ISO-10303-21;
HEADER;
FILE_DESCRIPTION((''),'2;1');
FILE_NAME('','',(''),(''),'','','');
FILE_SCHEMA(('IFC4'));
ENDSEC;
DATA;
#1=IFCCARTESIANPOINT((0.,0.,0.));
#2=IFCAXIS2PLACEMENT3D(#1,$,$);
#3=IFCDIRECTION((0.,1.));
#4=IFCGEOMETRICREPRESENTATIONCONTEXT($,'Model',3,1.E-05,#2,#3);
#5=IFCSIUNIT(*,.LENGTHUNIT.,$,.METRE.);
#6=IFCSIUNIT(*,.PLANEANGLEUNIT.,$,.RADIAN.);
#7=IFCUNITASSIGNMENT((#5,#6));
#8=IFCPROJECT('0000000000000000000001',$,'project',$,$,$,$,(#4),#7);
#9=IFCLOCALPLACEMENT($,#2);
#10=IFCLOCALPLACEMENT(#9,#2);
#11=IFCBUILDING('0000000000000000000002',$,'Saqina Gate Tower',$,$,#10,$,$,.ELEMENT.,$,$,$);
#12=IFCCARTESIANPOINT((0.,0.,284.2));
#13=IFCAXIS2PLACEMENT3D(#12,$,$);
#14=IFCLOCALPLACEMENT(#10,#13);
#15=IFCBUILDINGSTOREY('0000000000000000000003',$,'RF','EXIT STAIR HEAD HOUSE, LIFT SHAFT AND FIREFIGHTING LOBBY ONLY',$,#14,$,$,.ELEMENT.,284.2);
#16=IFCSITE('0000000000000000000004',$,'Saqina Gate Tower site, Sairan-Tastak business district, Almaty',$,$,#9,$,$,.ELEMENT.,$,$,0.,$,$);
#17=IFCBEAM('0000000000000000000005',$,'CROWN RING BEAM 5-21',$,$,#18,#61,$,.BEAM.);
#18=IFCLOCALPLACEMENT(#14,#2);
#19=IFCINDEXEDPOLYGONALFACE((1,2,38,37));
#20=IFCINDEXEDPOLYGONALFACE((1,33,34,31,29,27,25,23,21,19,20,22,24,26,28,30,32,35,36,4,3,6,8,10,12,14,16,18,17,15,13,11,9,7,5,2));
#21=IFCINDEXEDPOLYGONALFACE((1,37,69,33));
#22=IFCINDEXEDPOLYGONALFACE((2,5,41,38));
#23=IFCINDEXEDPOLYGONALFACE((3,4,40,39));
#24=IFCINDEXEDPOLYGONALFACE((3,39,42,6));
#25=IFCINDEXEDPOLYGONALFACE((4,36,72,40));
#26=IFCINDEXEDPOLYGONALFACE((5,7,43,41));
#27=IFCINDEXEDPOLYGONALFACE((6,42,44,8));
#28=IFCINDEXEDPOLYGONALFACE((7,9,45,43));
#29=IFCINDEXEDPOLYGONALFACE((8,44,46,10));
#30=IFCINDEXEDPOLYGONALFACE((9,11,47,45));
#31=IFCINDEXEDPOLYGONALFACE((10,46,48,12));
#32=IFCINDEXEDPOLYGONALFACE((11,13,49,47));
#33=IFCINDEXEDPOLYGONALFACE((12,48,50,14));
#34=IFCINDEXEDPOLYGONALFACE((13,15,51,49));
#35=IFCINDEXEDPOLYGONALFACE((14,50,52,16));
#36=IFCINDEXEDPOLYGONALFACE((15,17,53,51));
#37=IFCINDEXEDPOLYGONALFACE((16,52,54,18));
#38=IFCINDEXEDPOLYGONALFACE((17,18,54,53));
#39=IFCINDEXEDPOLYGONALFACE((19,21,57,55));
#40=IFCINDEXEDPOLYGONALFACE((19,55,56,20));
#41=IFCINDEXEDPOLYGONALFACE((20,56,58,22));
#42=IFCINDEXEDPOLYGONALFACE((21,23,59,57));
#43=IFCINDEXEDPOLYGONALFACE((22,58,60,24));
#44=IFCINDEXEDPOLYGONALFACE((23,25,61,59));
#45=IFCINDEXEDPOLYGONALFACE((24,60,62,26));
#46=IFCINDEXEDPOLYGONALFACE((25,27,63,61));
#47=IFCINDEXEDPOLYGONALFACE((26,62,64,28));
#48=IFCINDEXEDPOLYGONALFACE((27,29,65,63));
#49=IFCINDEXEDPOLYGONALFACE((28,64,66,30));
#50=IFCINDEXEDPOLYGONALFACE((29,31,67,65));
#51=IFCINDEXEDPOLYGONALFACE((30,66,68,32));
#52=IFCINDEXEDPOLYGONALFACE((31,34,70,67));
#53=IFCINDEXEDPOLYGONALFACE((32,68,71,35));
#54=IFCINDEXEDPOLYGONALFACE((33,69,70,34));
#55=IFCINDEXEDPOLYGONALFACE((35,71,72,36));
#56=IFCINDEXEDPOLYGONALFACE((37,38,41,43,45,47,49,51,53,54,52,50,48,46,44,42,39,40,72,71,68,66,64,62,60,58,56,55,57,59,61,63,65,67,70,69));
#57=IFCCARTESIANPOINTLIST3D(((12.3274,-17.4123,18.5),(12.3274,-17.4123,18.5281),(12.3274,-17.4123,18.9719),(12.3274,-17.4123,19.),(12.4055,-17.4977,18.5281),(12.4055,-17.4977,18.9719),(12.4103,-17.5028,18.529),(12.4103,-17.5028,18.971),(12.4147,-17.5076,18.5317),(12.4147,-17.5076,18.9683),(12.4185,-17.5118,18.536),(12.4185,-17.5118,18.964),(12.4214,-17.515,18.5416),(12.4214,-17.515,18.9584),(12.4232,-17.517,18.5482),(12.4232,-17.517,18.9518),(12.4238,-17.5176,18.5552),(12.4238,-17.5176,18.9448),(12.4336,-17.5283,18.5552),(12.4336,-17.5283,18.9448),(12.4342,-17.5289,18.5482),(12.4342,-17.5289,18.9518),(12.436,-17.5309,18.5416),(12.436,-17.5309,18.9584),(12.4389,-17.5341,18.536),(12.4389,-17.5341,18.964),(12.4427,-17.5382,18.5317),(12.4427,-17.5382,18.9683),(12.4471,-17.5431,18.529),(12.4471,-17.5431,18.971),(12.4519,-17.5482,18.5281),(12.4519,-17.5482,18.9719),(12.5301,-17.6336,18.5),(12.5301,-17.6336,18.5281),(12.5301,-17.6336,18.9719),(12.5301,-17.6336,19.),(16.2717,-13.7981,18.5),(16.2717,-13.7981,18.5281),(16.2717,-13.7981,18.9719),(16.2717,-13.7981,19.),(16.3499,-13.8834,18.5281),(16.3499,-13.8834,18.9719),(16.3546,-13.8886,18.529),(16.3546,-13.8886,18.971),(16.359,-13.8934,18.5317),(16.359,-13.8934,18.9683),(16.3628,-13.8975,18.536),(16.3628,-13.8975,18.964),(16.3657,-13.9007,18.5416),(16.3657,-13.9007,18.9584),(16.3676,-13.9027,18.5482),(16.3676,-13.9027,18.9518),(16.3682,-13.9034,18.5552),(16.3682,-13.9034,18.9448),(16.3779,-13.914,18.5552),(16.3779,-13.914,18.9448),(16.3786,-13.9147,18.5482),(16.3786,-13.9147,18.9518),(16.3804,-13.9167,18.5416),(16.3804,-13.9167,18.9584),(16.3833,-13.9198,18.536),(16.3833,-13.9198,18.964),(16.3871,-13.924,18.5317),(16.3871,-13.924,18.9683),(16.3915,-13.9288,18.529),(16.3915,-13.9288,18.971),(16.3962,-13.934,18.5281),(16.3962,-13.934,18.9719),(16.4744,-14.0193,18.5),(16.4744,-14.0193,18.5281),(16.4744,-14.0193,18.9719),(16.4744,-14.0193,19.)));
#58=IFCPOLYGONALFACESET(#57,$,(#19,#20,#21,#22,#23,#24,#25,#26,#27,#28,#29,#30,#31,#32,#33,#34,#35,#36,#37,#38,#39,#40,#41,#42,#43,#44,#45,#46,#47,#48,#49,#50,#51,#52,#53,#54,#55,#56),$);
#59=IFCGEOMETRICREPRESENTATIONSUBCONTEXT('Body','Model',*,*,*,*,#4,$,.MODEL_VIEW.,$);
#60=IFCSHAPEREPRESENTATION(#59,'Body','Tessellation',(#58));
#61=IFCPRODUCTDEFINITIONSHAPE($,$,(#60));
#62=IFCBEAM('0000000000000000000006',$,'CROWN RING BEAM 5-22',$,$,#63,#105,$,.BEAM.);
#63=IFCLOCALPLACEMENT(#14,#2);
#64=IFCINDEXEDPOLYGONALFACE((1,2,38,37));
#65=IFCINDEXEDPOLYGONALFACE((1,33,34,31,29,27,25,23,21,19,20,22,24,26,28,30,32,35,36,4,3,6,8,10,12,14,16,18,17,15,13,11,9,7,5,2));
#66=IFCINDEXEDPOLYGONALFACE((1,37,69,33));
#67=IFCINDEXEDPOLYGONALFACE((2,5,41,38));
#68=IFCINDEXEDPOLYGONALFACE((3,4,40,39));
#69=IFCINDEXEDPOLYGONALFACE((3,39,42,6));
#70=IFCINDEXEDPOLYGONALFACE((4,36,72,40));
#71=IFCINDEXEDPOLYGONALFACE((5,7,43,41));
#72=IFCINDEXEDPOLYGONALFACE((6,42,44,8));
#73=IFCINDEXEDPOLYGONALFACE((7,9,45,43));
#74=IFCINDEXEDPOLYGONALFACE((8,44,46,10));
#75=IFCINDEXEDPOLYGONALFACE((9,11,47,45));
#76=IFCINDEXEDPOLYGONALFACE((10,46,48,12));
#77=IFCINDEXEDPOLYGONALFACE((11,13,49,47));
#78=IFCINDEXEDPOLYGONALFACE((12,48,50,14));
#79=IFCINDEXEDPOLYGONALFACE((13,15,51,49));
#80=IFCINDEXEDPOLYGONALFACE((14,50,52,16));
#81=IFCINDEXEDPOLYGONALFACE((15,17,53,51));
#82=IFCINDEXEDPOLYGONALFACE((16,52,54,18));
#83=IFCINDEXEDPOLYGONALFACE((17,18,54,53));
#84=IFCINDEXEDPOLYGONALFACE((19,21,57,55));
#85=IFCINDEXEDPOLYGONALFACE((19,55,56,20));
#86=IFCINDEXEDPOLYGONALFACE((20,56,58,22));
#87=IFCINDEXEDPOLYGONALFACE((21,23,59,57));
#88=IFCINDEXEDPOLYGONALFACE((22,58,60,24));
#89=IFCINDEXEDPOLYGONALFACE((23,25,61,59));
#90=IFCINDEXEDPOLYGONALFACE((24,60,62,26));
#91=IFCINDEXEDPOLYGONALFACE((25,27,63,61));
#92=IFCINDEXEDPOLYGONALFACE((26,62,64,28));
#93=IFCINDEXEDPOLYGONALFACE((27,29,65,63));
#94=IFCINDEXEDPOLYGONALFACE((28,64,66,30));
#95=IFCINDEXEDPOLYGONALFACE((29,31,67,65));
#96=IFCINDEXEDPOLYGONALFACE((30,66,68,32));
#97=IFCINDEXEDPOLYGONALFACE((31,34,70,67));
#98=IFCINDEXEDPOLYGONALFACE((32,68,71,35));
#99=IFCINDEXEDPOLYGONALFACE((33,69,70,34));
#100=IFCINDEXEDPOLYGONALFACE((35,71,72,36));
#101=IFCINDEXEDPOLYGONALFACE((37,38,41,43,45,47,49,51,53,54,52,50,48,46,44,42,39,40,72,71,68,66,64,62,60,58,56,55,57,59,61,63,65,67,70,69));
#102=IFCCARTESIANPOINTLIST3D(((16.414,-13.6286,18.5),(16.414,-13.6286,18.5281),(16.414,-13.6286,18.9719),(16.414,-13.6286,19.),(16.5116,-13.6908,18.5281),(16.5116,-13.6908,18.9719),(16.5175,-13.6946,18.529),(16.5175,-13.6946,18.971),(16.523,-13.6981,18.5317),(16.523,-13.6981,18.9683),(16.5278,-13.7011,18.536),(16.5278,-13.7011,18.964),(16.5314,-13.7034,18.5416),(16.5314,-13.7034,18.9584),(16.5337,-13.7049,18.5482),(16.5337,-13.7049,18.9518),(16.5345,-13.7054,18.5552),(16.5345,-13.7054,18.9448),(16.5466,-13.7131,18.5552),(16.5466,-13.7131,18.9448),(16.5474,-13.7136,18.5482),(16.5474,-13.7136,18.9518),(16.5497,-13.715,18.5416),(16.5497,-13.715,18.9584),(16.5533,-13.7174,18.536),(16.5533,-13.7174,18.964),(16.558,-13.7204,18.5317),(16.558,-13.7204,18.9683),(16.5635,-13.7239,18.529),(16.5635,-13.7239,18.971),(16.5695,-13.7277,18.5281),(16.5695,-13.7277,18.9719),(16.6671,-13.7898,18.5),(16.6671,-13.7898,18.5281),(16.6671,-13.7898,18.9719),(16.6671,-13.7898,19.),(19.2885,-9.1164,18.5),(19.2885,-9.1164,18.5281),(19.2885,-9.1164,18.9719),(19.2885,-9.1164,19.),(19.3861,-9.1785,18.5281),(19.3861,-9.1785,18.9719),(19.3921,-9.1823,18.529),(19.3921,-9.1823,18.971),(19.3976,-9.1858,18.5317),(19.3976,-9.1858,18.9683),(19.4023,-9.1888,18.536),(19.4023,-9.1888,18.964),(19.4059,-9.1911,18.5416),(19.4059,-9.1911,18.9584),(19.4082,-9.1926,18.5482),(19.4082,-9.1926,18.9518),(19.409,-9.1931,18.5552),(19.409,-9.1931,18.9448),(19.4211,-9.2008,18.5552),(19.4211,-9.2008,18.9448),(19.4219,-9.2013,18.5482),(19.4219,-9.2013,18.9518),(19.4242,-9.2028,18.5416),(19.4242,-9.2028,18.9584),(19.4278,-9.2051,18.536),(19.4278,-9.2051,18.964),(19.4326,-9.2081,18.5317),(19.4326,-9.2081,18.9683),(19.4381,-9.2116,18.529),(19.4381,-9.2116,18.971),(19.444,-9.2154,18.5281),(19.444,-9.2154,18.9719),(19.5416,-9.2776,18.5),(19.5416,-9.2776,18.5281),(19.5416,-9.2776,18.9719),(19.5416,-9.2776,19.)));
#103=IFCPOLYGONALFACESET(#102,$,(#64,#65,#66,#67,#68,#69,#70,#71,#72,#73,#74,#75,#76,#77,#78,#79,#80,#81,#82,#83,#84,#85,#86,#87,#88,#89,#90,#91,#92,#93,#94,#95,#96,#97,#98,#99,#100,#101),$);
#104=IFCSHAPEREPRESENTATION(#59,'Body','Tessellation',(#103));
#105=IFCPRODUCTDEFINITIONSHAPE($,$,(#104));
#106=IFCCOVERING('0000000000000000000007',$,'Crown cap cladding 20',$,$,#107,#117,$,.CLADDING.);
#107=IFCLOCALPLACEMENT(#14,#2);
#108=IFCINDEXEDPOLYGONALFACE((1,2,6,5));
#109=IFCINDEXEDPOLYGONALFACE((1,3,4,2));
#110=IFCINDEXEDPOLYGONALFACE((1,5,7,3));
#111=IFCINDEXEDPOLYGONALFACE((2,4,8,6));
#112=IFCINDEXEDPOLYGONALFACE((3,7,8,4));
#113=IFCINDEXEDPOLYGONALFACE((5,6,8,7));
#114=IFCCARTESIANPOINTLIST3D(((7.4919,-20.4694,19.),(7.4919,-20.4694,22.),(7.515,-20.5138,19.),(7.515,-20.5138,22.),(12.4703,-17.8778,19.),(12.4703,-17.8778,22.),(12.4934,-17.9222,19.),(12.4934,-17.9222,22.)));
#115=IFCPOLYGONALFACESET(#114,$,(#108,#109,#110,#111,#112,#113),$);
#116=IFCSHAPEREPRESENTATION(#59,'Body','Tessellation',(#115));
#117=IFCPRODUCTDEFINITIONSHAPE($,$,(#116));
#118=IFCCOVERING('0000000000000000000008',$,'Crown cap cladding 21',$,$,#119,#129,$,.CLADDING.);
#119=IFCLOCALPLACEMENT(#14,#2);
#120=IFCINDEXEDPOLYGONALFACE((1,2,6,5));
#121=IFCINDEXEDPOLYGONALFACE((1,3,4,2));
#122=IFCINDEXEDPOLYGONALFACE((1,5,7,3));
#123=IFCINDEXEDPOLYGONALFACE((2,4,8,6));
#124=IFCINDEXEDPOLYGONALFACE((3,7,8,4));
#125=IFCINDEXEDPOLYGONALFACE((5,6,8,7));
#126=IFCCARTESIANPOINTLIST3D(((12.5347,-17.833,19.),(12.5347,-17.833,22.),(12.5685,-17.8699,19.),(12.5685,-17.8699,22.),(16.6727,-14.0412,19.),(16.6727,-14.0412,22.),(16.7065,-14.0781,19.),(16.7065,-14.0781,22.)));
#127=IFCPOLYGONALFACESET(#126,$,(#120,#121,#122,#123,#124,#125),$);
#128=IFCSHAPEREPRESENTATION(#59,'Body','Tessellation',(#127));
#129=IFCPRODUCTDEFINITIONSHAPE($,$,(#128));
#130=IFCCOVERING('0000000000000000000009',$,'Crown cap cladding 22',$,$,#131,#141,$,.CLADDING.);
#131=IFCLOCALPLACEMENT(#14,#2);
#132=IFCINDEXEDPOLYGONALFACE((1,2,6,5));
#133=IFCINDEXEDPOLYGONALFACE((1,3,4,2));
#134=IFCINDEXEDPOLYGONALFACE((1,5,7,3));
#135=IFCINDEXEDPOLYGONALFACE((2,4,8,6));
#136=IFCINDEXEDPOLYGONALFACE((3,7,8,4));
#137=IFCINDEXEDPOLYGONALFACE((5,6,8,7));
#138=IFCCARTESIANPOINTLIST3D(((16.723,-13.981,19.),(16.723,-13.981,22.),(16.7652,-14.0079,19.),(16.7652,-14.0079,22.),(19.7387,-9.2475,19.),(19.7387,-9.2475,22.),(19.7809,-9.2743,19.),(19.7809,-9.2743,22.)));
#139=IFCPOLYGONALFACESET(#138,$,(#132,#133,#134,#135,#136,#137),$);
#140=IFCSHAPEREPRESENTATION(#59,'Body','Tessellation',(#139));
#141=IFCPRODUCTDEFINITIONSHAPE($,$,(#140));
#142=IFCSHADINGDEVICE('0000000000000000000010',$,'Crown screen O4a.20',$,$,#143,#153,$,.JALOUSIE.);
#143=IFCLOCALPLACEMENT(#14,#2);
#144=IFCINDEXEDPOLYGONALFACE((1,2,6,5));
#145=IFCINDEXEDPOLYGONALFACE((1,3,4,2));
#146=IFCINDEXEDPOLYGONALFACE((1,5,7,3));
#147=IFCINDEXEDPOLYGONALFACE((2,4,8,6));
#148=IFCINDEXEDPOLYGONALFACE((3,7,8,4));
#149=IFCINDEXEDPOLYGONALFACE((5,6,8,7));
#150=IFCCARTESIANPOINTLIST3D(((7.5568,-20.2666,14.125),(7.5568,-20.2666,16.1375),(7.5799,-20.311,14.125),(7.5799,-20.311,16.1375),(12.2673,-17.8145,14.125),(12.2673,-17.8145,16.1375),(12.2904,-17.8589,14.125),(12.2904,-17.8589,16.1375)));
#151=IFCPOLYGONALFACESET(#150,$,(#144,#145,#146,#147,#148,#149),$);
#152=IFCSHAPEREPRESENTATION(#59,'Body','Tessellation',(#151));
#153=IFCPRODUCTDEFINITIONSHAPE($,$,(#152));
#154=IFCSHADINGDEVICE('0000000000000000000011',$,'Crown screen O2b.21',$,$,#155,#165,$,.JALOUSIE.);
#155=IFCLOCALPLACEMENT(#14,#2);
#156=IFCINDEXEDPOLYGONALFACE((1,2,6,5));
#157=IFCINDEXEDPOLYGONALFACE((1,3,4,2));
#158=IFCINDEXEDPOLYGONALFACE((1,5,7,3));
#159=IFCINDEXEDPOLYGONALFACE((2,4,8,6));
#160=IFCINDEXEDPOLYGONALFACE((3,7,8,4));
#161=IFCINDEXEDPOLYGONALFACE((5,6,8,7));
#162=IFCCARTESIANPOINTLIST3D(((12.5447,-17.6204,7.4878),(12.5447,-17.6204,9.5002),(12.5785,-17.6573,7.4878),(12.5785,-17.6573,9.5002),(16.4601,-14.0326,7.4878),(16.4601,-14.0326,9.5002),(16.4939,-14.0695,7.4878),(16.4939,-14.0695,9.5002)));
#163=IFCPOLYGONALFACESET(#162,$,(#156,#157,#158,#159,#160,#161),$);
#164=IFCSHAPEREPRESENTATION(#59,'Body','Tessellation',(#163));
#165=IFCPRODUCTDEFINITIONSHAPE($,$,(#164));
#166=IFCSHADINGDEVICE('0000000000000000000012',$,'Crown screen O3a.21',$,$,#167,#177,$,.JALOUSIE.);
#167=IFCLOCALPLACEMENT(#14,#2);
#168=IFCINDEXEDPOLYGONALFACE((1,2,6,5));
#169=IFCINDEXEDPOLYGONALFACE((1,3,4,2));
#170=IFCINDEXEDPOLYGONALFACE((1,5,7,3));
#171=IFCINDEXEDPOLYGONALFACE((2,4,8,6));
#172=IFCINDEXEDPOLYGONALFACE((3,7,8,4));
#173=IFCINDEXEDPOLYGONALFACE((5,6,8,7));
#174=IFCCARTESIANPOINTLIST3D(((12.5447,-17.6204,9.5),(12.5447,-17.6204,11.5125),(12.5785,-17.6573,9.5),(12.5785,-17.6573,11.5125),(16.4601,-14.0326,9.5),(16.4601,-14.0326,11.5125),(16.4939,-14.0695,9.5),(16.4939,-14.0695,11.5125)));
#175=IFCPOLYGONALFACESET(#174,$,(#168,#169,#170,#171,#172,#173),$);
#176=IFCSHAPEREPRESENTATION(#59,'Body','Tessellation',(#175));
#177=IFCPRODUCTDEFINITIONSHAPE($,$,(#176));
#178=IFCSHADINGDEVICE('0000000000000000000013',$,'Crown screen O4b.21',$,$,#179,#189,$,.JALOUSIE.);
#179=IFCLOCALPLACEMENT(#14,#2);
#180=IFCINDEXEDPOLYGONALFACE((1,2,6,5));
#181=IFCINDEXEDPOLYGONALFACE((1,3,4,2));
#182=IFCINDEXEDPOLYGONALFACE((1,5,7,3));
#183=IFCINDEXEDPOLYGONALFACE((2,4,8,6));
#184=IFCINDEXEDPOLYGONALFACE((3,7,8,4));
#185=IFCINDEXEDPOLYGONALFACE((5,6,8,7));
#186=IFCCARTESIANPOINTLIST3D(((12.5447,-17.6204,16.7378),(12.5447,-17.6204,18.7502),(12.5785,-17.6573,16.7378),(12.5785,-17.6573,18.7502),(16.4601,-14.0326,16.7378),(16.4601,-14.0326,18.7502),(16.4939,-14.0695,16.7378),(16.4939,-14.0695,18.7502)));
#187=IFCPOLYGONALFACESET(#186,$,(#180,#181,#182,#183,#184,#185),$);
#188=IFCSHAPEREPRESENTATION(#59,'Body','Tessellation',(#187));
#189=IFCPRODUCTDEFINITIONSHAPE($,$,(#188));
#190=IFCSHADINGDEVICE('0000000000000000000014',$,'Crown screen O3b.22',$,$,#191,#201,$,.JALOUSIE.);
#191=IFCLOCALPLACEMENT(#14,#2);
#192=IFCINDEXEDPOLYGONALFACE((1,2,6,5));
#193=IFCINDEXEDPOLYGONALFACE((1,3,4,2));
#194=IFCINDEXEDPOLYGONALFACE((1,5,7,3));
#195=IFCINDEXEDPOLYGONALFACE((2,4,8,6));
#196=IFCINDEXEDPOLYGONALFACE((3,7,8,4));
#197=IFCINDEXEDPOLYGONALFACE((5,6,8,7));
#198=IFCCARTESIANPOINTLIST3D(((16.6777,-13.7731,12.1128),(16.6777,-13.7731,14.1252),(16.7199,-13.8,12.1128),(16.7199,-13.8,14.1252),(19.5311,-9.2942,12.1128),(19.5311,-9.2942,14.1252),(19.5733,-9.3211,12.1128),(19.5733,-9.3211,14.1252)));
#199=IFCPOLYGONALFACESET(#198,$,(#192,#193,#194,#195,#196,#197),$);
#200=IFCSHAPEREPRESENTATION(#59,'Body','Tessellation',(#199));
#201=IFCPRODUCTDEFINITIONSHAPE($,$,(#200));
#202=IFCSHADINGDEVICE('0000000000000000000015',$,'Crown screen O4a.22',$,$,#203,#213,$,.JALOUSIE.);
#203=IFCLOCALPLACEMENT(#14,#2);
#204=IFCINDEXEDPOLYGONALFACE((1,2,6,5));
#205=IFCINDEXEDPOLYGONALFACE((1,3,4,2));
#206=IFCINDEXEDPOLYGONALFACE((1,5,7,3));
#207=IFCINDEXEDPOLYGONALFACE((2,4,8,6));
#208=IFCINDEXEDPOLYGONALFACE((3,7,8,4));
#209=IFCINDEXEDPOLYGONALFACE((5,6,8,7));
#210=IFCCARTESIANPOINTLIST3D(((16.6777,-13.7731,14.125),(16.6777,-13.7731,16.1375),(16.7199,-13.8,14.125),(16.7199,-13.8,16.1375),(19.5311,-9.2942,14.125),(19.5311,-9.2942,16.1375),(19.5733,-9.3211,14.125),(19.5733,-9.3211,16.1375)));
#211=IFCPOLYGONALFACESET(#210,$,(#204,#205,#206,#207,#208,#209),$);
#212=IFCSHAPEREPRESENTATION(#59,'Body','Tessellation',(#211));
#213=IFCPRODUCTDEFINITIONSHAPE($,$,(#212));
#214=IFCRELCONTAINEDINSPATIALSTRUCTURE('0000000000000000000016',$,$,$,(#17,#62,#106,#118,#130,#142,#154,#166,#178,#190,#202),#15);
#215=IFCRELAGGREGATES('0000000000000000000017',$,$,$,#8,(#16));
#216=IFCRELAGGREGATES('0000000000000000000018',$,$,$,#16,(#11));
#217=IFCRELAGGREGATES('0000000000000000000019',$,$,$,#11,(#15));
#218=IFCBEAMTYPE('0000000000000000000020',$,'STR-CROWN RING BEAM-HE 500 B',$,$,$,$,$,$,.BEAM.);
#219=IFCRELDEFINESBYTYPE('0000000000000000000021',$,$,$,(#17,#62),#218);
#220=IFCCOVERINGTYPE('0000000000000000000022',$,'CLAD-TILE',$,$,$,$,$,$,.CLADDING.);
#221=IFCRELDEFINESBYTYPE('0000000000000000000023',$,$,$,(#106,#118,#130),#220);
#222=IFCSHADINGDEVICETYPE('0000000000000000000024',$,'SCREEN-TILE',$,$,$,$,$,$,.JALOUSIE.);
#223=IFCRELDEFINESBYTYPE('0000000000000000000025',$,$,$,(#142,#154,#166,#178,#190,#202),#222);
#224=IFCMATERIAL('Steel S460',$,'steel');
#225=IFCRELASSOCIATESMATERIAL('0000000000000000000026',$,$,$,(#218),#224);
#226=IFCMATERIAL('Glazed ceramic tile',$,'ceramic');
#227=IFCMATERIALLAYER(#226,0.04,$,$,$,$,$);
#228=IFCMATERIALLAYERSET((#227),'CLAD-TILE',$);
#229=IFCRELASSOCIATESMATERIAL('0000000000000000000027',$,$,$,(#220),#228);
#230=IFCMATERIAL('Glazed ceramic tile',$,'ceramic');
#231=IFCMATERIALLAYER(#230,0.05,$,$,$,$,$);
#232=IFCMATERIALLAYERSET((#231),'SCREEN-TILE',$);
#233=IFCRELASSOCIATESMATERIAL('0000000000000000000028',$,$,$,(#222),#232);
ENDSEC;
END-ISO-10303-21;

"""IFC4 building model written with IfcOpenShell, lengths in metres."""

from ifc_helpers import new_model, si_unit, direction, frame, origin, origin_2d, place, context, subcontext, project, spatial, rectangle, i_section, extrude, material, layer, layer_set, material_profile, profile_set, type_object, element, save


model = new_model("IFC4")

# Units and contexts
model_context = context("Model", 3, precision=1e-05, world=origin(), true_north=direction((0.0, 1.0)))
body_context = subcontext(model_context, "Body", "Model", "MODEL_VIEW")
ifc_project = project(units=[si_unit("LENGTHUNIT", "METRE"), si_unit("PLANEANGLEUNIT", "RADIAN")], contexts=[model_context])

# Site, building, storey
site_placement = place(None, origin())
site = spatial("IfcSite", under=ifc_project, at=site_placement, Name="Saqina Gate Tower site, Sairan-Tastak business district, Almaty", CompositionType="ELEMENT", RefElevation=0.0)
building_placement = place(site_placement, origin())
building = spatial("IfcBuilding", under=site, at=building_placement, Name="Saqina Gate Tower", CompositionType="ELEMENT")
storey_placement = place(building_placement, frame((0.0, 0.0, 284.2)))
storey = spatial("IfcBuildingStorey", under=building, at=storey_placement, Name="RF", Description="EXIT STAIR HEAD HOUSE, LIFT SHAFT AND FIREFIGHTING LOBBY ONLY", CompositionType="ELEMENT", Elevation=284.2)

# Beams
ifc_material_1 = material(Name="Steel S460", Category="steel")
ifc_material_profile_1 = material_profile(ifc_material_1, i_section(OverallWidth=0.3, OverallDepth=0.5, WebThickness=0.0144, FlangeThickness=0.0281, FilletRadius=0.0271, at=origin_2d()), Name="HE 500 B")
ifc_profile_set_1 = profile_set([ifc_material_profile_1], Name="Steel S460")
beam_type_1 = type_object("IfcBeamType", Name="STR-CROWN RING BEAM-HE 500 B", PredefinedType="BEAM", material=ifc_profile_set_1)
beam_1_placement = place(storey_placement, frame((12.4287, -17.5229, 18.75), z_axis=(0.737283, 0.675584, 0.0), x_axis=(-0.675584, 0.737283, 0.0)))
element("IfcBeam", 1, at=beam_1_placement, inside=storey, type_object=beam_type_1, Name="CROWN RING BEAM 5-21", PredefinedType="BEAM", context=body_context, shape_type="SweptSolid", body=[
    extrude(i_section(OverallWidth=0.3, OverallDepth=0.5, WebThickness=0.0144, FlangeThickness=0.0281, FilletRadius=0.0271, at=origin_2d()), origin(), (0.0, 0.0, 1.0), 5.3499),
])
beam_2_placement = place(storey_placement, frame((16.5405, -13.7092, 18.75), z_axis=(0.537289, 0.843398, 0.0), x_axis=(-0.843398, 0.537289, 0.0)))
element("IfcBeam", 2, at=beam_2_placement, inside=storey, type_object=beam_type_1, Name="CROWN RING BEAM 5-22", PredefinedType="BEAM", context=body_context, shape_type="SweptSolid", body=[
    extrude(i_section(OverallWidth=0.3, OverallDepth=0.5, WebThickness=0.0144, FlangeThickness=0.0281, FilletRadius=0.0271, at=origin_2d()), origin(), (0.0, 0.0, 1.0), 5.3501),
])

# Coverings
ifc_material_2 = material(Name="Glazed ceramic tile", Category="ceramic")
ifc_layer_1 = layer(ifc_material_2, 0.04)
ifc_layer_set_1 = layer_set([ifc_layer_1], Name="CLAD-TILE")
covering_type = type_object("IfcCoveringType", Name="CLAD-TILE", PredefinedType="CLADDING", material=ifc_layer_set_1)
for number, where, z_axis, x_axis, name in (
    (3, (9.9927, -19.1958, 19.0), (0.0, 0.0, 1.0), (0.887011, 0.461749, 0.0), "Crown cap cladding 20"),
    (4, (14.6206, -15.9556, 19.0), (0.0, 0.0, 1.0), (0.737277, 0.67559, 0.0), "Crown cap cladding 21"),
    (5, (18.252, -11.6277, 19.0), (0.0, 0.0, 1.0), (0.5373, 0.843391, 0.0), "Crown cap cladding 22"),
):
    element("IfcCovering", number, at=place(storey_placement, frame(where, z_axis=z_axis, x_axis=x_axis)), inside=storey, type_object=covering_type, Name=name, PredefinedType="CLADDING", context=body_context, shape_type="SweptSolid", body=[
        extrude(rectangle(XDim=5.6125, YDim=0.05, at=origin_2d()), origin(), (0.0, 0.0, 1.0), 3.0),
    ])

# Shading devices
ifc_material_3 = material(Name="Glazed ceramic tile", Category="ceramic")
ifc_layer_2 = layer(ifc_material_3, 0.05)
ifc_layer_set_2 = layer_set([ifc_layer_2], Name="SCREEN-TILE")
shading_device_type_1 = type_object("IfcShadingDeviceType", Name="SCREEN-TILE", PredefinedType="JALOUSIE", material=ifc_layer_set_2)
for number, where, z_axis, x_axis, name in (
    (6, (9.9236, -19.0627, 14.125), (0.0, 0.0, 1.0), (0.887011, 0.461749, 0.0), "Crown screen O4a.20"),
    (7, (14.5193, -15.845, 7.4878), (0.0, 0.0, 1.0), (0.737277, 0.67559, 0.0), "Crown screen O2b.21"),
    (8, (14.5193, -15.845, 9.5), (0.0, 0.0, 1.0), (0.737277, 0.67559, 0.0), "Crown screen O3a.21"),
    (9, (14.5193, -15.845, 16.7378), (0.0, 0.0, 1.0), (0.737277, 0.67559, 0.0), "Crown screen O4b.21"),
    (10, (18.1255, -11.5471, 12.1128), (0.0, 0.0, 1.0), (0.5373, 0.843391, 0.0), "Crown screen O3b.22"),
    (11, (18.1255, -11.5471, 14.125), (0.0, 0.0, 1.0), (0.5373, 0.843391, 0.0), "Crown screen O4a.22"),
):
    element("IfcShadingDevice", number, at=place(storey_placement, frame(where, z_axis=z_axis, x_axis=x_axis)), inside=storey, type_object=shading_device_type_1, Name=name, PredefinedType="JALOUSIE", context=body_context, shape_type="SweptSolid", body=[
        extrude(rectangle(XDim=5.3105, YDim=0.05, at=origin_2d()), origin(), (0.0, 0.0, 1.0), 2.0125),
    ])

save(model, "model.ifc")
